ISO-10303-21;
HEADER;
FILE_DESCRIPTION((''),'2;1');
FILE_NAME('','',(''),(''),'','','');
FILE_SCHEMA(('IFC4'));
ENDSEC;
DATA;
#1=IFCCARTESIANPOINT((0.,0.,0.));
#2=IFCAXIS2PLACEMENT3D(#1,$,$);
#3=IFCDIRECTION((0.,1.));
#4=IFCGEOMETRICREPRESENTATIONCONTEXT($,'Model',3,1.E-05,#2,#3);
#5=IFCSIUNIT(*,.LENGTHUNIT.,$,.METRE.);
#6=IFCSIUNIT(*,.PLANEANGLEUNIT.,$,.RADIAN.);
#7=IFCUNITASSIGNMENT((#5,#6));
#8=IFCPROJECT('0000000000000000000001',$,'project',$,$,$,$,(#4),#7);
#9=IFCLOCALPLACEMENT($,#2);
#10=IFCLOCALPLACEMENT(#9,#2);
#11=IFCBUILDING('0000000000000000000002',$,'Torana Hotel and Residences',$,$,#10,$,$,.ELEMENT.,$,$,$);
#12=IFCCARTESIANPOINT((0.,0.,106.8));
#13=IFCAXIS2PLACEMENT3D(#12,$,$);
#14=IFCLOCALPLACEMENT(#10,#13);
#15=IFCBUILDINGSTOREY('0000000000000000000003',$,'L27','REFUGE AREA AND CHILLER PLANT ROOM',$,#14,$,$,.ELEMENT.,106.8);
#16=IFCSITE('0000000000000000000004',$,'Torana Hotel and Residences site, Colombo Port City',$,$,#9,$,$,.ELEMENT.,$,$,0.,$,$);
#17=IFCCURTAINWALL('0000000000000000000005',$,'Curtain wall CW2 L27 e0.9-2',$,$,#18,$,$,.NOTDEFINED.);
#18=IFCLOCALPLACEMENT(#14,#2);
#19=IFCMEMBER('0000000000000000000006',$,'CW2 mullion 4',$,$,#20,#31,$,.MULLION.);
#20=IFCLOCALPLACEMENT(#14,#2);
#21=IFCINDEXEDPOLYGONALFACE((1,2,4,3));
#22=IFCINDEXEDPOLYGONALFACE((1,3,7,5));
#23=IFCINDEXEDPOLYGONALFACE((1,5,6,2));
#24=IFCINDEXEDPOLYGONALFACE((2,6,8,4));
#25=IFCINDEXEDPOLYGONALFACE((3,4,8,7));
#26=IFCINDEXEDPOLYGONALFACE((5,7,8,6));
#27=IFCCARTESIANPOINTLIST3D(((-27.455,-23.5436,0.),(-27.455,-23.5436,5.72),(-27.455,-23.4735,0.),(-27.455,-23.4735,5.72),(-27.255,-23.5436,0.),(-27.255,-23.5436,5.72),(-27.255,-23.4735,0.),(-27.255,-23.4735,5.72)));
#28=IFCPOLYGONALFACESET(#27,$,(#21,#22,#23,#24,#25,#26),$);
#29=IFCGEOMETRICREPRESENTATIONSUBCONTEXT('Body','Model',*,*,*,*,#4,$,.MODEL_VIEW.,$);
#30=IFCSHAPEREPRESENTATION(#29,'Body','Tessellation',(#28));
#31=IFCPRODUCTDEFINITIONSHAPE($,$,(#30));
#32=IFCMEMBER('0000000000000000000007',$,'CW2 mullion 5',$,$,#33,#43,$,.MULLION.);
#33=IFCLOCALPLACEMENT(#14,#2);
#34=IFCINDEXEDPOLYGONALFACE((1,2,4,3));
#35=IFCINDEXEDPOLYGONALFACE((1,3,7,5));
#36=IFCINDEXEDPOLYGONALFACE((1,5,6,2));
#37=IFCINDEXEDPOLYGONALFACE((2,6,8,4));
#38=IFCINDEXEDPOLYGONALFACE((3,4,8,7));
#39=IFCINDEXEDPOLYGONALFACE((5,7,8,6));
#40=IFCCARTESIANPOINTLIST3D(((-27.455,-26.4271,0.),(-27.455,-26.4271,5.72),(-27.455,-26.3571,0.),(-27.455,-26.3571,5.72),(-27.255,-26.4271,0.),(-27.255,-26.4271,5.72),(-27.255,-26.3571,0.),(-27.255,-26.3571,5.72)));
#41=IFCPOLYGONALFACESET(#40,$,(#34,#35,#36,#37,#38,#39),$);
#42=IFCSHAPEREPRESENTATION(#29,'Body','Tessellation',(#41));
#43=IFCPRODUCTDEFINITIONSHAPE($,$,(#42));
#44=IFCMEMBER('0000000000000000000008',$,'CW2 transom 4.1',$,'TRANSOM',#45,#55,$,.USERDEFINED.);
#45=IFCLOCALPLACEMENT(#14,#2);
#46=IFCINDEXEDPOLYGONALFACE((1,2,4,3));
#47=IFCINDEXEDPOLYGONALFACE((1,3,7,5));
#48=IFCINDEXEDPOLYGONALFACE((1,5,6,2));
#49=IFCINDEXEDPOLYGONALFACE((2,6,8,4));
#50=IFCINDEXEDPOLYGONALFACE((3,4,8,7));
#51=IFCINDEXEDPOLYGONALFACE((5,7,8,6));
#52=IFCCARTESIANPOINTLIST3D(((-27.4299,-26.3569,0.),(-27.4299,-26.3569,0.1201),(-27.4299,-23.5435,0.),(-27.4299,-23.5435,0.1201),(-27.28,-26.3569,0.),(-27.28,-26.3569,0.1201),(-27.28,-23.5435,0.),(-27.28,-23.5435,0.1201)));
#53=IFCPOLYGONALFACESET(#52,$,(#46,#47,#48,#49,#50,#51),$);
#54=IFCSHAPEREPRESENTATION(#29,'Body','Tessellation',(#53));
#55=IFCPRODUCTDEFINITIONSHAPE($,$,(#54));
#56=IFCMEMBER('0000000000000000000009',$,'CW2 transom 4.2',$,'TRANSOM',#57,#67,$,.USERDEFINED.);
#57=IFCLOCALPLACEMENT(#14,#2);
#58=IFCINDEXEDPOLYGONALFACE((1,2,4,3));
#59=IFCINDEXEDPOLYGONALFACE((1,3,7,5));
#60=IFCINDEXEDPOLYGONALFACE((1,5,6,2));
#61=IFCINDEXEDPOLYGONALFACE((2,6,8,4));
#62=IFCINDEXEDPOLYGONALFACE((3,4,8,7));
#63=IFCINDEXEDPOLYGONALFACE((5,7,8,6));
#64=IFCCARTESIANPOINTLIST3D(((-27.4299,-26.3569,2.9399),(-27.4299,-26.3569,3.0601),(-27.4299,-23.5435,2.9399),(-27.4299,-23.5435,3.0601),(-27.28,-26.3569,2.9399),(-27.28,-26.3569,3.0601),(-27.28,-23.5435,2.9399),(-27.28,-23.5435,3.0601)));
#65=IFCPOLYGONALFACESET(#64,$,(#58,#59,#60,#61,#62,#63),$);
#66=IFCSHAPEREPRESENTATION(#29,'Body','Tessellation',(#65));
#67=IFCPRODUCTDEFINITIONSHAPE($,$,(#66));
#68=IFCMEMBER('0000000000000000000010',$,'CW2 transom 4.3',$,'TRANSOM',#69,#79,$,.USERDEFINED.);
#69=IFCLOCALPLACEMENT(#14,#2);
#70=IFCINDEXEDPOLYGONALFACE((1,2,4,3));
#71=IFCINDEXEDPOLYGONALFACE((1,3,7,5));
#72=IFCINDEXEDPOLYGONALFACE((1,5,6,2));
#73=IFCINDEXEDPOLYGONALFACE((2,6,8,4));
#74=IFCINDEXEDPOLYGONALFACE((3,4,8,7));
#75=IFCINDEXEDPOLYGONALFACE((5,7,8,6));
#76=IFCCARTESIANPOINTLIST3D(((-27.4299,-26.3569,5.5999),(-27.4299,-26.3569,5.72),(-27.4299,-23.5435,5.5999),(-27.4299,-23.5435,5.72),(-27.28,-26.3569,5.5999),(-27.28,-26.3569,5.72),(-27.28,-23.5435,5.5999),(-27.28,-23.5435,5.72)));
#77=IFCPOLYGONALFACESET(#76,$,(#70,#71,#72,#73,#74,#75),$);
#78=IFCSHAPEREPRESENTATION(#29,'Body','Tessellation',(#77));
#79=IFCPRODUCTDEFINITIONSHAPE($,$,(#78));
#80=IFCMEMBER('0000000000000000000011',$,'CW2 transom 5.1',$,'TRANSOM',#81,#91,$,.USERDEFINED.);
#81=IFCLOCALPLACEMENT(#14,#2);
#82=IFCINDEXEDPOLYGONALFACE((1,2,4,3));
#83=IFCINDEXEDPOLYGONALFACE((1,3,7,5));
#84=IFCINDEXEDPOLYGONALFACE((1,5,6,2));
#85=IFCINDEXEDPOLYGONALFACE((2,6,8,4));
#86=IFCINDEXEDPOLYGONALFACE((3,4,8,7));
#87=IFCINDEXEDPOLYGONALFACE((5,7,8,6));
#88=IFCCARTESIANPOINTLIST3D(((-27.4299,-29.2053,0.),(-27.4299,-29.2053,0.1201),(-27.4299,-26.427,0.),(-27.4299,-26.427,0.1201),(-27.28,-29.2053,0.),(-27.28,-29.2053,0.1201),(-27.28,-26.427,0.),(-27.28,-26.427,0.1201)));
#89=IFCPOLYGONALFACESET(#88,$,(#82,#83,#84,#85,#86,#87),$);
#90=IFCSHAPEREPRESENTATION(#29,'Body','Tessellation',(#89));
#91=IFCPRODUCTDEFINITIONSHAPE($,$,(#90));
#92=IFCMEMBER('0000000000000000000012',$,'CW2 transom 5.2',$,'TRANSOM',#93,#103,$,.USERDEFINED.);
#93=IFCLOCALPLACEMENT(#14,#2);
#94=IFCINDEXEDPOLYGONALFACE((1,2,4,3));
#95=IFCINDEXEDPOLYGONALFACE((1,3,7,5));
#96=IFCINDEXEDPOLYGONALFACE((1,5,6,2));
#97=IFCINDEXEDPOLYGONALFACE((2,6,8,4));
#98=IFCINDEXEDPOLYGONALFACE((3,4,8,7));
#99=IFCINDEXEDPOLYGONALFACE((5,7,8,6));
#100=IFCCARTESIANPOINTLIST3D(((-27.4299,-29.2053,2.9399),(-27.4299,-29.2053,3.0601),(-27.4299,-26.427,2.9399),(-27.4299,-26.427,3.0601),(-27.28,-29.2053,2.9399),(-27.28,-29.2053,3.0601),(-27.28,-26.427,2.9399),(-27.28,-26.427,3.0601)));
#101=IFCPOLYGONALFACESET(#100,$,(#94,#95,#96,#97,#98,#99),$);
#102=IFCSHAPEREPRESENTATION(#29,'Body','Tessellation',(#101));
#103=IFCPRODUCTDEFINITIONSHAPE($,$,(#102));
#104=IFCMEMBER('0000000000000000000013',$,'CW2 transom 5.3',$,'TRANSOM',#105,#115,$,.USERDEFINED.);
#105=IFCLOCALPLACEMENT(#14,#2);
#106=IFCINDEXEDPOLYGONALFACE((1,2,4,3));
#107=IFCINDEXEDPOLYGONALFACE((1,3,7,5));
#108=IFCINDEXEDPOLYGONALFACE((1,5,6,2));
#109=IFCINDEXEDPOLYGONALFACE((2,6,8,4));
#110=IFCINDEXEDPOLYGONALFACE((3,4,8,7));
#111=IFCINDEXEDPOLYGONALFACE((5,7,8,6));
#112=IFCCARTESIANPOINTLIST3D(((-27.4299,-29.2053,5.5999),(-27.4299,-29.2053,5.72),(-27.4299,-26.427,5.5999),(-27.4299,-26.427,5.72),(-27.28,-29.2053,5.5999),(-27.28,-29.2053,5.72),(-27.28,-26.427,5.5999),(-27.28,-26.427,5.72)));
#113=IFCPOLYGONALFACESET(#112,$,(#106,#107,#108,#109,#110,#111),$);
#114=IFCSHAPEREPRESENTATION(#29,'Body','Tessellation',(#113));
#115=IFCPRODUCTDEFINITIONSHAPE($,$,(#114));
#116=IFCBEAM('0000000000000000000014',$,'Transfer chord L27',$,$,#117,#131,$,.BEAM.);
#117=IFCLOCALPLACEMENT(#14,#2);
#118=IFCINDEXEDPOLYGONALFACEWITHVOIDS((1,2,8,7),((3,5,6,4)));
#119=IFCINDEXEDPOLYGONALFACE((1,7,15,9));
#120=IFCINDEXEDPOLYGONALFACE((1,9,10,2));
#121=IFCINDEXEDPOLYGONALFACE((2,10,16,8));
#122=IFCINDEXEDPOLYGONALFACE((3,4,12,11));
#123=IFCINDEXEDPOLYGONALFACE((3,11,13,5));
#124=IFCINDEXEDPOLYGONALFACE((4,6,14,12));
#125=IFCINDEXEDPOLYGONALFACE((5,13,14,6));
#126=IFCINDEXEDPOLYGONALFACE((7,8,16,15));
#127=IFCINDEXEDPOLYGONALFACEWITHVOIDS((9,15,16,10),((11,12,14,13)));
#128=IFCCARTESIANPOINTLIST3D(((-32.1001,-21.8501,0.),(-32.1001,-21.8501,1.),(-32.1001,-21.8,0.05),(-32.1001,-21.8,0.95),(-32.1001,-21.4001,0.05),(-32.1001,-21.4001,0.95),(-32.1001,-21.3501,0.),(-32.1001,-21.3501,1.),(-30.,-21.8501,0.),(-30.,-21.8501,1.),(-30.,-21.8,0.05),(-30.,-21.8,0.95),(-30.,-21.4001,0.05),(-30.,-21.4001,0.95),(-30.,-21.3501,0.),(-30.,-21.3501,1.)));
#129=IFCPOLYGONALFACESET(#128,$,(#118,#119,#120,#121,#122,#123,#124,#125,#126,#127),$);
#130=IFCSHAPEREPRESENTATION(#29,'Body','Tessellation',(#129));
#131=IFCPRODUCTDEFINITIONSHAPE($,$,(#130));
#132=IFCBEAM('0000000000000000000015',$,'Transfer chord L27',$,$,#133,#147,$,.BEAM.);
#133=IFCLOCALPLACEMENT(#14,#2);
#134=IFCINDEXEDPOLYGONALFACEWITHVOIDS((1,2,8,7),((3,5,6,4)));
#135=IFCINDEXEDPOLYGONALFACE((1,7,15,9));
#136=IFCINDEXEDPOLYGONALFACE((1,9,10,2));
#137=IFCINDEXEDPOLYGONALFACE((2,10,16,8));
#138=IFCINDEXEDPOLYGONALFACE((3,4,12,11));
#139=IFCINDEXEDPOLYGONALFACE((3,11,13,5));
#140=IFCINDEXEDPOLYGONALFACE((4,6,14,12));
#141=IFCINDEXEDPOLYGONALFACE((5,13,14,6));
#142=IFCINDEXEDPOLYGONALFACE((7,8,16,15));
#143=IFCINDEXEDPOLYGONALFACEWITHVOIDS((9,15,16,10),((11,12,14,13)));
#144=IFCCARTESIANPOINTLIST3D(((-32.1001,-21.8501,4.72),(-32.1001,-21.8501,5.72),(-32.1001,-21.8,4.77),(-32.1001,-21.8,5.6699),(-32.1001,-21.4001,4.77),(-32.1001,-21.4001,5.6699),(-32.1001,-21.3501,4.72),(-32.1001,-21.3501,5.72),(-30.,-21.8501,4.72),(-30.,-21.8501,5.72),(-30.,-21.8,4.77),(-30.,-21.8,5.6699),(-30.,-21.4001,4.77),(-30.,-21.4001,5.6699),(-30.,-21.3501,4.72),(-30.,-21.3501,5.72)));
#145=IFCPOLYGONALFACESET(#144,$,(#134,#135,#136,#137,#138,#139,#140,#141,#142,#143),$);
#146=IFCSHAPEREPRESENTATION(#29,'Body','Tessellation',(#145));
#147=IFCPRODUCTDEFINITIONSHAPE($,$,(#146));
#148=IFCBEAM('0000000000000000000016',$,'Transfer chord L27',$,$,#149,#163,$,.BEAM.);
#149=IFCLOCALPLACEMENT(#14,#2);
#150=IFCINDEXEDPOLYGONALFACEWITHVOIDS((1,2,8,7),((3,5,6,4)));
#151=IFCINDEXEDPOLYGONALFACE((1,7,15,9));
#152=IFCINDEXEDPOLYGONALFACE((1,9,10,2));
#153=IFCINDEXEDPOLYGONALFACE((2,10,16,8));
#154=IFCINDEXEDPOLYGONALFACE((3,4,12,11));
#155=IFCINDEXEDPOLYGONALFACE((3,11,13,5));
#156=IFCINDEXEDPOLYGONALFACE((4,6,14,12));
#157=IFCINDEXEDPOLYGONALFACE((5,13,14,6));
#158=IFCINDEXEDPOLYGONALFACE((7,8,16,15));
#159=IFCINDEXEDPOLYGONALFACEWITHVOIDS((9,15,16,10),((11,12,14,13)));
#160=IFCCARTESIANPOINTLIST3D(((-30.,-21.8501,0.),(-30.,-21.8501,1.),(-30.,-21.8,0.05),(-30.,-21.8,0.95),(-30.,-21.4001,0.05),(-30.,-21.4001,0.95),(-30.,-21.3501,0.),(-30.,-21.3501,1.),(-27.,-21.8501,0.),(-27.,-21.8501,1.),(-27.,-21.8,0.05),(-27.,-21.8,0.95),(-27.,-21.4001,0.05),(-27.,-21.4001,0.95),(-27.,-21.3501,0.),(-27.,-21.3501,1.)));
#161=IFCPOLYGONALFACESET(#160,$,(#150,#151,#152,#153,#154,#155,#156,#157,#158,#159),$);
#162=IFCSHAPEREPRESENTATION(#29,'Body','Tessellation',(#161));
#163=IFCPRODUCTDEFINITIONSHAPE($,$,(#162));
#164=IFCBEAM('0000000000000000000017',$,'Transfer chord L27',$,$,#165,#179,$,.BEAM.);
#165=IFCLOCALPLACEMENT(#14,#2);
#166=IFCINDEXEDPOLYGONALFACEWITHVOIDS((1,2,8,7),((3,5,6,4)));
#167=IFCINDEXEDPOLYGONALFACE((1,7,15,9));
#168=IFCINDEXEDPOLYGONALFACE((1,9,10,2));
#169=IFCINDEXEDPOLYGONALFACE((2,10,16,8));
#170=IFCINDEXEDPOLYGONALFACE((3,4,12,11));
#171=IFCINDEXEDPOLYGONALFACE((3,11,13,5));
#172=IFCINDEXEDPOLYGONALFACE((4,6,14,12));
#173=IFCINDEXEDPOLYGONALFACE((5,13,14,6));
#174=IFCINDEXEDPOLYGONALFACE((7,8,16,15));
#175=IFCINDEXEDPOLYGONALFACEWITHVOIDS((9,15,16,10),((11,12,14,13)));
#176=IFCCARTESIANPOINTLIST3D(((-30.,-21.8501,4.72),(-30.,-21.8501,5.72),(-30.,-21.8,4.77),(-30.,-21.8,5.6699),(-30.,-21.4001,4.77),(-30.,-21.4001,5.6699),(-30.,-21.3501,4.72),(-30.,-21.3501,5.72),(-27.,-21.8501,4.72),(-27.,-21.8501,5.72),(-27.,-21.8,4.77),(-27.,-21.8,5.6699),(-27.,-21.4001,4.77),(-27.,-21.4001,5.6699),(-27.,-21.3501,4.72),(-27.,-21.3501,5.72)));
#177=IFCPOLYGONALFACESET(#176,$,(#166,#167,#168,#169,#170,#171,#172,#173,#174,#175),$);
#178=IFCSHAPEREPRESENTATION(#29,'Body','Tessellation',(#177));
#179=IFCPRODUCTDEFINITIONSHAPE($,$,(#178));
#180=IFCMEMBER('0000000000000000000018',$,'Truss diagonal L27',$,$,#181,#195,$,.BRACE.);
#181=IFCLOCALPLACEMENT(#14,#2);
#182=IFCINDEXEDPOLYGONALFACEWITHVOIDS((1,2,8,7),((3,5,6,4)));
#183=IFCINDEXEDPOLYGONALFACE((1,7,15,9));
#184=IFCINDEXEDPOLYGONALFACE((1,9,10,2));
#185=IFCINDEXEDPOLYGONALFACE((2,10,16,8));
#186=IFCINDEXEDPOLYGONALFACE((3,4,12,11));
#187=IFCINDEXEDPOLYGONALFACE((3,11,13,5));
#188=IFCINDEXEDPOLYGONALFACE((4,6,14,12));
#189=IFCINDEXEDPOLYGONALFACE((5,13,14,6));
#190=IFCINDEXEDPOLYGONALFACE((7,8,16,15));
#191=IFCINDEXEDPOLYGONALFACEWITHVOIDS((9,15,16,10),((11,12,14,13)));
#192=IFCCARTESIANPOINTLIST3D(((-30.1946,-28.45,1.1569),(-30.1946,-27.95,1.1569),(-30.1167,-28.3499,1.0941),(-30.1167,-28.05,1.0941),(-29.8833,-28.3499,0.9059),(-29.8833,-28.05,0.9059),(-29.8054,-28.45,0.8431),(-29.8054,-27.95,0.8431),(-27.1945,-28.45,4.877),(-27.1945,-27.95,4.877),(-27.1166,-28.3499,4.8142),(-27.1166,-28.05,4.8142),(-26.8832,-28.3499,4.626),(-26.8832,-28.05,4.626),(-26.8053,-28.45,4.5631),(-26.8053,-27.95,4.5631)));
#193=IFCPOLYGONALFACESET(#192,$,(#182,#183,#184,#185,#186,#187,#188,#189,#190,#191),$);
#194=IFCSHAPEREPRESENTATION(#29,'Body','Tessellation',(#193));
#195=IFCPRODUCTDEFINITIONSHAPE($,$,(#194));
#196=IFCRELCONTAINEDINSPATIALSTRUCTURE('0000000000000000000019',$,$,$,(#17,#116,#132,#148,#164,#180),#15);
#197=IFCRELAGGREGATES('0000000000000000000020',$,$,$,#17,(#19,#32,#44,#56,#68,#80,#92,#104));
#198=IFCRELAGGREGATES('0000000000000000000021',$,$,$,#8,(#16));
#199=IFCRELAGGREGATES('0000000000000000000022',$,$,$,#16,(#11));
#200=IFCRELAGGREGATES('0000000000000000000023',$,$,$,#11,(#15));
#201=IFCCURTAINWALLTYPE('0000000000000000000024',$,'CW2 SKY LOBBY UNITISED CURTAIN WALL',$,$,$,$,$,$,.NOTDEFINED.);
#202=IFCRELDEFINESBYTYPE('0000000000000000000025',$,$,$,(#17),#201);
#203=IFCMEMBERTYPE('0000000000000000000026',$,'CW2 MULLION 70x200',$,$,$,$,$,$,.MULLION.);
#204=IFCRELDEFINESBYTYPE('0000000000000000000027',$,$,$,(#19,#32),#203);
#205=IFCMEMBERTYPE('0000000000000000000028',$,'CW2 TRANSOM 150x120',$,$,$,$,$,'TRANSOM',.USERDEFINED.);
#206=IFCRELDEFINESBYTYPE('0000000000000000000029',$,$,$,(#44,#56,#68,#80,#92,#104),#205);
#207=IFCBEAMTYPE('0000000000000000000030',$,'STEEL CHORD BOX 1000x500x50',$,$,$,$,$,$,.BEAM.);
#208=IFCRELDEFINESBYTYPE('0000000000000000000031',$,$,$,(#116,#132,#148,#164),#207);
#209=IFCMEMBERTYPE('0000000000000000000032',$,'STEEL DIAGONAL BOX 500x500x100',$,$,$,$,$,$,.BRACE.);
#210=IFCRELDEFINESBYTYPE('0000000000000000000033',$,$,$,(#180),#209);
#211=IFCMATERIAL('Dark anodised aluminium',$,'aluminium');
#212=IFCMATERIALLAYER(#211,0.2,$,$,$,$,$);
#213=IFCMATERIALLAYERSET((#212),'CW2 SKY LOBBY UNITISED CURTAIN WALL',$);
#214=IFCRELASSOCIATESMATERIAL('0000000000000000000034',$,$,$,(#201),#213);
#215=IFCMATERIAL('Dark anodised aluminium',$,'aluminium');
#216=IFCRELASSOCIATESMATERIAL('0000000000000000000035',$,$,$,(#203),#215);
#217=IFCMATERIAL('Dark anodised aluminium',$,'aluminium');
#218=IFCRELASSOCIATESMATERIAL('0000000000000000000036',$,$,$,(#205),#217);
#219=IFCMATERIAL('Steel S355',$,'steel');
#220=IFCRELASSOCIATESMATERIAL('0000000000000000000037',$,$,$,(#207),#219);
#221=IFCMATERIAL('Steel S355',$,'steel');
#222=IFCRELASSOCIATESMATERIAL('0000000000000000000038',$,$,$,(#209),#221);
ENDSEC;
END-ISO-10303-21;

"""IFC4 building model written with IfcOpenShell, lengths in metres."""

from ifc_helpers import new_model, si_unit, direction, frame, origin, origin_2d, place, context, subcontext, project, spatial, rectangle, hollow_rectangle, extrude, material, layer, layer_set, material_profile, profile_set, type_object, element, aggregate, save


model = new_model("IFC4")

# Units and contexts
model_context = context("Model", 3, precision=1e-05, world=origin(), true_north=direction((0.0, 1.0)))
body_context = subcontext(model_context, "Body", "Model", "MODEL_VIEW")
ifc_project = project(units=[si_unit("LENGTHUNIT", "METRE"), si_unit("PLANEANGLEUNIT", "RADIAN")], contexts=[model_context])

# Site, building, storey
site_placement = place(None, origin())
site = spatial("IfcSite", under=ifc_project, at=site_placement, Name="Torana Hotel and Residences site, Colombo Port City", CompositionType="ELEMENT", RefElevation=0.0)
building_placement = place(site_placement, origin())
building = spatial("IfcBuilding", under=site, at=building_placement, Name="Torana Hotel and Residences", CompositionType="ELEMENT")
storey_placement = place(building_placement, frame((0.0, 0.0, 106.8)))
storey = spatial("IfcBuildingStorey", under=building, at=storey_placement, Name="L27", Description="REFUGE AREA AND CHILLER PLANT ROOM", CompositionType="ELEMENT", Elevation=106.8)

# Curtain wall, members
ifc_material_1 = material(Name="Dark anodised aluminium", Category="aluminium")
ifc_layer_1 = layer(ifc_material_1, 0.2)
ifc_layer_set_1 = layer_set([ifc_layer_1], Name="CW2 SKY LOBBY UNITISED CURTAIN WALL")
curtain_wall_type = type_object("IfcCurtainWallType", Name="CW2 SKY LOBBY UNITISED CURTAIN WALL", PredefinedType="NOTDEFINED", material=ifc_layer_set_1)
curtain_wall_placement = place(storey_placement, origin())
curtain_wall = element("IfcCurtainWall", 1, at=curtain_wall_placement, inside=storey, type_object=curtain_wall_type, Name="Curtain wall CW2 L27 e0.9-2", PredefinedType="NOTDEFINED")
ifc_material_2 = material(Name="Dark anodised aluminium", Category="aluminium")
ifc_material_profile_1 = material_profile(ifc_material_2, rectangle(XDim=0.2, YDim=0.0701, at=origin_2d()), Name="CW2 MULLION 70x200")
ifc_profile_set_1 = profile_set([ifc_material_profile_1], Name="Dark anodised aluminium")
member_type_1 = type_object("IfcMemberType", Name="CW2 MULLION 70x200", PredefinedType="MULLION", material=ifc_profile_set_1)
member_1_placement = place(storey_placement, frame((-27.355, -23.5085, 0.0), z_axis=(0.0, 0.0, 1.0), x_axis=(1.0, 0.0, 0.0)))
member_1 = element("IfcMember", 2, at=member_1_placement, type_object=member_type_1, Name="CW2 mullion 4", PredefinedType="MULLION", context=body_context, shape_type="SweptSolid", body=[
    extrude(rectangle(XDim=0.2, YDim=0.0701, at=origin_2d()), origin(), (0.0, 0.0, 1.0), 5.72),
])
member_2_placement = place(storey_placement, frame((-27.355, -26.3921, 0.0), z_axis=(0.0, 0.0, 1.0), x_axis=(1.0, 0.0, 0.0)))
member_2 = element("IfcMember", 3, at=member_2_placement, type_object=member_type_1, Name="CW2 mullion 5", PredefinedType="MULLION", context=body_context, shape_type="SweptSolid", body=[
    extrude(rectangle(XDim=0.2, YDim=0.0701, at=origin_2d()), origin(), (0.0, 0.0, 1.0), 5.72),
])
ifc_material_3 = material(Name="Dark anodised aluminium", Category="aluminium")
ifc_material_profile_2 = material_profile(ifc_material_3, rectangle(XDim=0.1499, YDim=0.1201, at=origin_2d()), Name="CW2 TRANSOM 150x120")
ifc_profile_set_2 = profile_set([ifc_material_profile_2], Name="Dark anodised aluminium")
member_type_2 = type_object("IfcMemberType", Name="CW2 TRANSOM 150x120", ElementType="TRANSOM", PredefinedType="USERDEFINED", material=ifc_profile_set_2)
member_3_placement = place(storey_placement, frame((-27.355, -23.5435, 0.0601), z_axis=(0.0, -1.0, 0.0), x_axis=(1.0, 0.0, 0.0)))
member_3 = element("IfcMember", 4, at=member_3_placement, type_object=member_type_2, Name="CW2 transom 4.1", ObjectType="TRANSOM", PredefinedType="USERDEFINED", context=body_context, shape_type="SweptSolid", body=[
    extrude(rectangle(XDim=0.1499, YDim=0.1201, at=origin_2d()), origin(), (0.0, 0.0, 1.0), 2.8135),
])
member_4_placement = place(storey_placement, frame((-27.355, -23.5435, 3.0), z_axis=(0.0, -1.0, 0.0), x_axis=(1.0, 0.0, 0.0)))
member_4 = element("IfcMember", 5, at=member_4_placement, type_object=member_type_2, Name="CW2 transom 4.2", ObjectType="TRANSOM", PredefinedType="USERDEFINED", context=body_context, shape_type="SweptSolid", body=[
    extrude(rectangle(XDim=0.1499, YDim=0.1201, at=origin_2d()), origin(), (0.0, 0.0, 1.0), 2.8135),
])
member_5_placement = place(storey_placement, frame((-27.355, -23.5435, 5.6599), z_axis=(0.0, -1.0, 0.0), x_axis=(1.0, 0.0, 0.0)))
member_5 = element("IfcMember", 6, at=member_5_placement, type_object=member_type_2, Name="CW2 transom 4.3", ObjectType="TRANSOM", PredefinedType="USERDEFINED", context=body_context, shape_type="SweptSolid", body=[
    extrude(rectangle(XDim=0.1499, YDim=0.1201, at=origin_2d()), origin(), (0.0, 0.0, 1.0), 2.8135),
])
member_6_placement = place(storey_placement, frame((-27.355, -26.427, 0.0601), z_axis=(0.0, -1.0, 0.0), x_axis=(1.0, 0.0, 0.0)))
member_6 = element("IfcMember", 7, at=member_6_placement, type_object=member_type_2, Name="CW2 transom 5.1", ObjectType="TRANSOM", PredefinedType="USERDEFINED", context=body_context, shape_type="SweptSolid", body=[
    extrude(rectangle(XDim=0.1499, YDim=0.1201, at=origin_2d()), origin(), (0.0, 0.0, 1.0), 2.7783),
])
member_7_placement = place(storey_placement, frame((-27.355, -26.427, 3.0), z_axis=(0.0, -1.0, 0.0), x_axis=(1.0, 0.0, 0.0)))
member_7 = element("IfcMember", 8, at=member_7_placement, type_object=member_type_2, Name="CW2 transom 5.2", ObjectType="TRANSOM", PredefinedType="USERDEFINED", context=body_context, shape_type="SweptSolid", body=[
    extrude(rectangle(XDim=0.1499, YDim=0.1201, at=origin_2d()), origin(), (0.0, 0.0, 1.0), 2.7783),
])
member_8_placement = place(storey_placement, frame((-27.355, -26.427, 5.6599), z_axis=(0.0, -1.0, 0.0), x_axis=(1.0, 0.0, 0.0)))
member_8 = element("IfcMember", 9, at=member_8_placement, type_object=member_type_2, Name="CW2 transom 5.3", ObjectType="TRANSOM", PredefinedType="USERDEFINED", context=body_context, shape_type="SweptSolid", body=[
    extrude(rectangle(XDim=0.1499, YDim=0.1201, at=origin_2d()), origin(), (0.0, 0.0, 1.0), 2.7783),
])

# Beams
ifc_material_4 = material(Name="Steel S355", Category="steel")
ifc_material_profile_3 = material_profile(ifc_material_4, hollow_rectangle(XDim=0.5, YDim=1.0, WallThickness=0.05, at=origin_2d()), Name="BOX 1000x500x50")
ifc_profile_set_3 = profile_set([ifc_material_profile_3], Name="Steel S355")
beam_type = type_object("IfcBeamType", Name="STEEL CHORD BOX 1000x500x50", PredefinedType="BEAM", material=ifc_profile_set_3)
for number, where, z_axis, x_axis, name in (
    (10, (-32.1001, -21.6001, 0.5), (1.0, 0.0, 0.0), (0.0, 1.0, 0.0), "Transfer chord L27"),
    (11, (-32.1001, -21.6001, 5.22), (1.0, 0.0, 0.0), (0.0, 1.0, 0.0), "Transfer chord L27"),
):
    element("IfcBeam", number, at=place(storey_placement, frame(where, z_axis=z_axis, x_axis=x_axis)), inside=storey, type_object=beam_type, Name=name, PredefinedType="BEAM", context=body_context, shape_type="SweptSolid", body=[
        extrude(hollow_rectangle(XDim=0.5, YDim=1.0, WallThickness=0.05, at=origin_2d()), origin(), (0.0, 0.0, 1.0), 2.1001),
    ])
for number, where, z_axis, x_axis, name in (
    (12, (-30.0, -21.6001, 0.5), (1.0, 0.0, 0.0), (0.0, 1.0, 0.0), "Transfer chord L27"),
    (13, (-30.0, -21.6001, 5.22), (1.0, 0.0, 0.0), (0.0, 1.0, 0.0), "Transfer chord L27"),
):
    element("IfcBeam", number, at=place(storey_placement, frame(where, z_axis=z_axis, x_axis=x_axis)), inside=storey, type_object=beam_type, Name=name, PredefinedType="BEAM", context=body_context, shape_type="SweptSolid", body=[
        extrude(hollow_rectangle(XDim=0.5, YDim=1.0, WallThickness=0.05, at=origin_2d()), origin(), (0.0, 0.0, 1.0), 3.0),
    ])

# Member
ifc_material_5 = material(Name="Steel S355", Category="steel")
ifc_material_profile_4 = material_profile(ifc_material_5, hollow_rectangle(XDim=0.5, YDim=0.5, WallThickness=0.1001, at=origin_2d()), Name="BOX 500x500x100")
ifc_profile_set_4 = profile_set([ifc_material_profile_4], Name="Steel S355")
member_type_3 = type_object("IfcMemberType", Name="STEEL DIAGONAL BOX 500x500x100", PredefinedType="BRACE", material=ifc_profile_set_4)
member_9_placement = place(storey_placement, frame((-30.0, -28.2, 1.0), z_axis=(0.627755, 0.0, 0.778411), x_axis=(0.0, 1.0, 0.0)))
element("IfcMember", 14, at=member_9_placement, inside=storey, type_object=member_type_3, Name="Truss diagonal L27", PredefinedType="BRACE", context=body_context, shape_type="SweptSolid", body=[
    extrude(hollow_rectangle(XDim=0.5, YDim=0.5, WallThickness=0.1001, at=origin_2d()), origin(), (0.0, 0.0, 1.0), 4.7791),
])

aggregate(curtain_wall, [member_1, member_2, member_3, member_4, member_5, member_6, member_7, member_8])

save(model, "model.ifc")
